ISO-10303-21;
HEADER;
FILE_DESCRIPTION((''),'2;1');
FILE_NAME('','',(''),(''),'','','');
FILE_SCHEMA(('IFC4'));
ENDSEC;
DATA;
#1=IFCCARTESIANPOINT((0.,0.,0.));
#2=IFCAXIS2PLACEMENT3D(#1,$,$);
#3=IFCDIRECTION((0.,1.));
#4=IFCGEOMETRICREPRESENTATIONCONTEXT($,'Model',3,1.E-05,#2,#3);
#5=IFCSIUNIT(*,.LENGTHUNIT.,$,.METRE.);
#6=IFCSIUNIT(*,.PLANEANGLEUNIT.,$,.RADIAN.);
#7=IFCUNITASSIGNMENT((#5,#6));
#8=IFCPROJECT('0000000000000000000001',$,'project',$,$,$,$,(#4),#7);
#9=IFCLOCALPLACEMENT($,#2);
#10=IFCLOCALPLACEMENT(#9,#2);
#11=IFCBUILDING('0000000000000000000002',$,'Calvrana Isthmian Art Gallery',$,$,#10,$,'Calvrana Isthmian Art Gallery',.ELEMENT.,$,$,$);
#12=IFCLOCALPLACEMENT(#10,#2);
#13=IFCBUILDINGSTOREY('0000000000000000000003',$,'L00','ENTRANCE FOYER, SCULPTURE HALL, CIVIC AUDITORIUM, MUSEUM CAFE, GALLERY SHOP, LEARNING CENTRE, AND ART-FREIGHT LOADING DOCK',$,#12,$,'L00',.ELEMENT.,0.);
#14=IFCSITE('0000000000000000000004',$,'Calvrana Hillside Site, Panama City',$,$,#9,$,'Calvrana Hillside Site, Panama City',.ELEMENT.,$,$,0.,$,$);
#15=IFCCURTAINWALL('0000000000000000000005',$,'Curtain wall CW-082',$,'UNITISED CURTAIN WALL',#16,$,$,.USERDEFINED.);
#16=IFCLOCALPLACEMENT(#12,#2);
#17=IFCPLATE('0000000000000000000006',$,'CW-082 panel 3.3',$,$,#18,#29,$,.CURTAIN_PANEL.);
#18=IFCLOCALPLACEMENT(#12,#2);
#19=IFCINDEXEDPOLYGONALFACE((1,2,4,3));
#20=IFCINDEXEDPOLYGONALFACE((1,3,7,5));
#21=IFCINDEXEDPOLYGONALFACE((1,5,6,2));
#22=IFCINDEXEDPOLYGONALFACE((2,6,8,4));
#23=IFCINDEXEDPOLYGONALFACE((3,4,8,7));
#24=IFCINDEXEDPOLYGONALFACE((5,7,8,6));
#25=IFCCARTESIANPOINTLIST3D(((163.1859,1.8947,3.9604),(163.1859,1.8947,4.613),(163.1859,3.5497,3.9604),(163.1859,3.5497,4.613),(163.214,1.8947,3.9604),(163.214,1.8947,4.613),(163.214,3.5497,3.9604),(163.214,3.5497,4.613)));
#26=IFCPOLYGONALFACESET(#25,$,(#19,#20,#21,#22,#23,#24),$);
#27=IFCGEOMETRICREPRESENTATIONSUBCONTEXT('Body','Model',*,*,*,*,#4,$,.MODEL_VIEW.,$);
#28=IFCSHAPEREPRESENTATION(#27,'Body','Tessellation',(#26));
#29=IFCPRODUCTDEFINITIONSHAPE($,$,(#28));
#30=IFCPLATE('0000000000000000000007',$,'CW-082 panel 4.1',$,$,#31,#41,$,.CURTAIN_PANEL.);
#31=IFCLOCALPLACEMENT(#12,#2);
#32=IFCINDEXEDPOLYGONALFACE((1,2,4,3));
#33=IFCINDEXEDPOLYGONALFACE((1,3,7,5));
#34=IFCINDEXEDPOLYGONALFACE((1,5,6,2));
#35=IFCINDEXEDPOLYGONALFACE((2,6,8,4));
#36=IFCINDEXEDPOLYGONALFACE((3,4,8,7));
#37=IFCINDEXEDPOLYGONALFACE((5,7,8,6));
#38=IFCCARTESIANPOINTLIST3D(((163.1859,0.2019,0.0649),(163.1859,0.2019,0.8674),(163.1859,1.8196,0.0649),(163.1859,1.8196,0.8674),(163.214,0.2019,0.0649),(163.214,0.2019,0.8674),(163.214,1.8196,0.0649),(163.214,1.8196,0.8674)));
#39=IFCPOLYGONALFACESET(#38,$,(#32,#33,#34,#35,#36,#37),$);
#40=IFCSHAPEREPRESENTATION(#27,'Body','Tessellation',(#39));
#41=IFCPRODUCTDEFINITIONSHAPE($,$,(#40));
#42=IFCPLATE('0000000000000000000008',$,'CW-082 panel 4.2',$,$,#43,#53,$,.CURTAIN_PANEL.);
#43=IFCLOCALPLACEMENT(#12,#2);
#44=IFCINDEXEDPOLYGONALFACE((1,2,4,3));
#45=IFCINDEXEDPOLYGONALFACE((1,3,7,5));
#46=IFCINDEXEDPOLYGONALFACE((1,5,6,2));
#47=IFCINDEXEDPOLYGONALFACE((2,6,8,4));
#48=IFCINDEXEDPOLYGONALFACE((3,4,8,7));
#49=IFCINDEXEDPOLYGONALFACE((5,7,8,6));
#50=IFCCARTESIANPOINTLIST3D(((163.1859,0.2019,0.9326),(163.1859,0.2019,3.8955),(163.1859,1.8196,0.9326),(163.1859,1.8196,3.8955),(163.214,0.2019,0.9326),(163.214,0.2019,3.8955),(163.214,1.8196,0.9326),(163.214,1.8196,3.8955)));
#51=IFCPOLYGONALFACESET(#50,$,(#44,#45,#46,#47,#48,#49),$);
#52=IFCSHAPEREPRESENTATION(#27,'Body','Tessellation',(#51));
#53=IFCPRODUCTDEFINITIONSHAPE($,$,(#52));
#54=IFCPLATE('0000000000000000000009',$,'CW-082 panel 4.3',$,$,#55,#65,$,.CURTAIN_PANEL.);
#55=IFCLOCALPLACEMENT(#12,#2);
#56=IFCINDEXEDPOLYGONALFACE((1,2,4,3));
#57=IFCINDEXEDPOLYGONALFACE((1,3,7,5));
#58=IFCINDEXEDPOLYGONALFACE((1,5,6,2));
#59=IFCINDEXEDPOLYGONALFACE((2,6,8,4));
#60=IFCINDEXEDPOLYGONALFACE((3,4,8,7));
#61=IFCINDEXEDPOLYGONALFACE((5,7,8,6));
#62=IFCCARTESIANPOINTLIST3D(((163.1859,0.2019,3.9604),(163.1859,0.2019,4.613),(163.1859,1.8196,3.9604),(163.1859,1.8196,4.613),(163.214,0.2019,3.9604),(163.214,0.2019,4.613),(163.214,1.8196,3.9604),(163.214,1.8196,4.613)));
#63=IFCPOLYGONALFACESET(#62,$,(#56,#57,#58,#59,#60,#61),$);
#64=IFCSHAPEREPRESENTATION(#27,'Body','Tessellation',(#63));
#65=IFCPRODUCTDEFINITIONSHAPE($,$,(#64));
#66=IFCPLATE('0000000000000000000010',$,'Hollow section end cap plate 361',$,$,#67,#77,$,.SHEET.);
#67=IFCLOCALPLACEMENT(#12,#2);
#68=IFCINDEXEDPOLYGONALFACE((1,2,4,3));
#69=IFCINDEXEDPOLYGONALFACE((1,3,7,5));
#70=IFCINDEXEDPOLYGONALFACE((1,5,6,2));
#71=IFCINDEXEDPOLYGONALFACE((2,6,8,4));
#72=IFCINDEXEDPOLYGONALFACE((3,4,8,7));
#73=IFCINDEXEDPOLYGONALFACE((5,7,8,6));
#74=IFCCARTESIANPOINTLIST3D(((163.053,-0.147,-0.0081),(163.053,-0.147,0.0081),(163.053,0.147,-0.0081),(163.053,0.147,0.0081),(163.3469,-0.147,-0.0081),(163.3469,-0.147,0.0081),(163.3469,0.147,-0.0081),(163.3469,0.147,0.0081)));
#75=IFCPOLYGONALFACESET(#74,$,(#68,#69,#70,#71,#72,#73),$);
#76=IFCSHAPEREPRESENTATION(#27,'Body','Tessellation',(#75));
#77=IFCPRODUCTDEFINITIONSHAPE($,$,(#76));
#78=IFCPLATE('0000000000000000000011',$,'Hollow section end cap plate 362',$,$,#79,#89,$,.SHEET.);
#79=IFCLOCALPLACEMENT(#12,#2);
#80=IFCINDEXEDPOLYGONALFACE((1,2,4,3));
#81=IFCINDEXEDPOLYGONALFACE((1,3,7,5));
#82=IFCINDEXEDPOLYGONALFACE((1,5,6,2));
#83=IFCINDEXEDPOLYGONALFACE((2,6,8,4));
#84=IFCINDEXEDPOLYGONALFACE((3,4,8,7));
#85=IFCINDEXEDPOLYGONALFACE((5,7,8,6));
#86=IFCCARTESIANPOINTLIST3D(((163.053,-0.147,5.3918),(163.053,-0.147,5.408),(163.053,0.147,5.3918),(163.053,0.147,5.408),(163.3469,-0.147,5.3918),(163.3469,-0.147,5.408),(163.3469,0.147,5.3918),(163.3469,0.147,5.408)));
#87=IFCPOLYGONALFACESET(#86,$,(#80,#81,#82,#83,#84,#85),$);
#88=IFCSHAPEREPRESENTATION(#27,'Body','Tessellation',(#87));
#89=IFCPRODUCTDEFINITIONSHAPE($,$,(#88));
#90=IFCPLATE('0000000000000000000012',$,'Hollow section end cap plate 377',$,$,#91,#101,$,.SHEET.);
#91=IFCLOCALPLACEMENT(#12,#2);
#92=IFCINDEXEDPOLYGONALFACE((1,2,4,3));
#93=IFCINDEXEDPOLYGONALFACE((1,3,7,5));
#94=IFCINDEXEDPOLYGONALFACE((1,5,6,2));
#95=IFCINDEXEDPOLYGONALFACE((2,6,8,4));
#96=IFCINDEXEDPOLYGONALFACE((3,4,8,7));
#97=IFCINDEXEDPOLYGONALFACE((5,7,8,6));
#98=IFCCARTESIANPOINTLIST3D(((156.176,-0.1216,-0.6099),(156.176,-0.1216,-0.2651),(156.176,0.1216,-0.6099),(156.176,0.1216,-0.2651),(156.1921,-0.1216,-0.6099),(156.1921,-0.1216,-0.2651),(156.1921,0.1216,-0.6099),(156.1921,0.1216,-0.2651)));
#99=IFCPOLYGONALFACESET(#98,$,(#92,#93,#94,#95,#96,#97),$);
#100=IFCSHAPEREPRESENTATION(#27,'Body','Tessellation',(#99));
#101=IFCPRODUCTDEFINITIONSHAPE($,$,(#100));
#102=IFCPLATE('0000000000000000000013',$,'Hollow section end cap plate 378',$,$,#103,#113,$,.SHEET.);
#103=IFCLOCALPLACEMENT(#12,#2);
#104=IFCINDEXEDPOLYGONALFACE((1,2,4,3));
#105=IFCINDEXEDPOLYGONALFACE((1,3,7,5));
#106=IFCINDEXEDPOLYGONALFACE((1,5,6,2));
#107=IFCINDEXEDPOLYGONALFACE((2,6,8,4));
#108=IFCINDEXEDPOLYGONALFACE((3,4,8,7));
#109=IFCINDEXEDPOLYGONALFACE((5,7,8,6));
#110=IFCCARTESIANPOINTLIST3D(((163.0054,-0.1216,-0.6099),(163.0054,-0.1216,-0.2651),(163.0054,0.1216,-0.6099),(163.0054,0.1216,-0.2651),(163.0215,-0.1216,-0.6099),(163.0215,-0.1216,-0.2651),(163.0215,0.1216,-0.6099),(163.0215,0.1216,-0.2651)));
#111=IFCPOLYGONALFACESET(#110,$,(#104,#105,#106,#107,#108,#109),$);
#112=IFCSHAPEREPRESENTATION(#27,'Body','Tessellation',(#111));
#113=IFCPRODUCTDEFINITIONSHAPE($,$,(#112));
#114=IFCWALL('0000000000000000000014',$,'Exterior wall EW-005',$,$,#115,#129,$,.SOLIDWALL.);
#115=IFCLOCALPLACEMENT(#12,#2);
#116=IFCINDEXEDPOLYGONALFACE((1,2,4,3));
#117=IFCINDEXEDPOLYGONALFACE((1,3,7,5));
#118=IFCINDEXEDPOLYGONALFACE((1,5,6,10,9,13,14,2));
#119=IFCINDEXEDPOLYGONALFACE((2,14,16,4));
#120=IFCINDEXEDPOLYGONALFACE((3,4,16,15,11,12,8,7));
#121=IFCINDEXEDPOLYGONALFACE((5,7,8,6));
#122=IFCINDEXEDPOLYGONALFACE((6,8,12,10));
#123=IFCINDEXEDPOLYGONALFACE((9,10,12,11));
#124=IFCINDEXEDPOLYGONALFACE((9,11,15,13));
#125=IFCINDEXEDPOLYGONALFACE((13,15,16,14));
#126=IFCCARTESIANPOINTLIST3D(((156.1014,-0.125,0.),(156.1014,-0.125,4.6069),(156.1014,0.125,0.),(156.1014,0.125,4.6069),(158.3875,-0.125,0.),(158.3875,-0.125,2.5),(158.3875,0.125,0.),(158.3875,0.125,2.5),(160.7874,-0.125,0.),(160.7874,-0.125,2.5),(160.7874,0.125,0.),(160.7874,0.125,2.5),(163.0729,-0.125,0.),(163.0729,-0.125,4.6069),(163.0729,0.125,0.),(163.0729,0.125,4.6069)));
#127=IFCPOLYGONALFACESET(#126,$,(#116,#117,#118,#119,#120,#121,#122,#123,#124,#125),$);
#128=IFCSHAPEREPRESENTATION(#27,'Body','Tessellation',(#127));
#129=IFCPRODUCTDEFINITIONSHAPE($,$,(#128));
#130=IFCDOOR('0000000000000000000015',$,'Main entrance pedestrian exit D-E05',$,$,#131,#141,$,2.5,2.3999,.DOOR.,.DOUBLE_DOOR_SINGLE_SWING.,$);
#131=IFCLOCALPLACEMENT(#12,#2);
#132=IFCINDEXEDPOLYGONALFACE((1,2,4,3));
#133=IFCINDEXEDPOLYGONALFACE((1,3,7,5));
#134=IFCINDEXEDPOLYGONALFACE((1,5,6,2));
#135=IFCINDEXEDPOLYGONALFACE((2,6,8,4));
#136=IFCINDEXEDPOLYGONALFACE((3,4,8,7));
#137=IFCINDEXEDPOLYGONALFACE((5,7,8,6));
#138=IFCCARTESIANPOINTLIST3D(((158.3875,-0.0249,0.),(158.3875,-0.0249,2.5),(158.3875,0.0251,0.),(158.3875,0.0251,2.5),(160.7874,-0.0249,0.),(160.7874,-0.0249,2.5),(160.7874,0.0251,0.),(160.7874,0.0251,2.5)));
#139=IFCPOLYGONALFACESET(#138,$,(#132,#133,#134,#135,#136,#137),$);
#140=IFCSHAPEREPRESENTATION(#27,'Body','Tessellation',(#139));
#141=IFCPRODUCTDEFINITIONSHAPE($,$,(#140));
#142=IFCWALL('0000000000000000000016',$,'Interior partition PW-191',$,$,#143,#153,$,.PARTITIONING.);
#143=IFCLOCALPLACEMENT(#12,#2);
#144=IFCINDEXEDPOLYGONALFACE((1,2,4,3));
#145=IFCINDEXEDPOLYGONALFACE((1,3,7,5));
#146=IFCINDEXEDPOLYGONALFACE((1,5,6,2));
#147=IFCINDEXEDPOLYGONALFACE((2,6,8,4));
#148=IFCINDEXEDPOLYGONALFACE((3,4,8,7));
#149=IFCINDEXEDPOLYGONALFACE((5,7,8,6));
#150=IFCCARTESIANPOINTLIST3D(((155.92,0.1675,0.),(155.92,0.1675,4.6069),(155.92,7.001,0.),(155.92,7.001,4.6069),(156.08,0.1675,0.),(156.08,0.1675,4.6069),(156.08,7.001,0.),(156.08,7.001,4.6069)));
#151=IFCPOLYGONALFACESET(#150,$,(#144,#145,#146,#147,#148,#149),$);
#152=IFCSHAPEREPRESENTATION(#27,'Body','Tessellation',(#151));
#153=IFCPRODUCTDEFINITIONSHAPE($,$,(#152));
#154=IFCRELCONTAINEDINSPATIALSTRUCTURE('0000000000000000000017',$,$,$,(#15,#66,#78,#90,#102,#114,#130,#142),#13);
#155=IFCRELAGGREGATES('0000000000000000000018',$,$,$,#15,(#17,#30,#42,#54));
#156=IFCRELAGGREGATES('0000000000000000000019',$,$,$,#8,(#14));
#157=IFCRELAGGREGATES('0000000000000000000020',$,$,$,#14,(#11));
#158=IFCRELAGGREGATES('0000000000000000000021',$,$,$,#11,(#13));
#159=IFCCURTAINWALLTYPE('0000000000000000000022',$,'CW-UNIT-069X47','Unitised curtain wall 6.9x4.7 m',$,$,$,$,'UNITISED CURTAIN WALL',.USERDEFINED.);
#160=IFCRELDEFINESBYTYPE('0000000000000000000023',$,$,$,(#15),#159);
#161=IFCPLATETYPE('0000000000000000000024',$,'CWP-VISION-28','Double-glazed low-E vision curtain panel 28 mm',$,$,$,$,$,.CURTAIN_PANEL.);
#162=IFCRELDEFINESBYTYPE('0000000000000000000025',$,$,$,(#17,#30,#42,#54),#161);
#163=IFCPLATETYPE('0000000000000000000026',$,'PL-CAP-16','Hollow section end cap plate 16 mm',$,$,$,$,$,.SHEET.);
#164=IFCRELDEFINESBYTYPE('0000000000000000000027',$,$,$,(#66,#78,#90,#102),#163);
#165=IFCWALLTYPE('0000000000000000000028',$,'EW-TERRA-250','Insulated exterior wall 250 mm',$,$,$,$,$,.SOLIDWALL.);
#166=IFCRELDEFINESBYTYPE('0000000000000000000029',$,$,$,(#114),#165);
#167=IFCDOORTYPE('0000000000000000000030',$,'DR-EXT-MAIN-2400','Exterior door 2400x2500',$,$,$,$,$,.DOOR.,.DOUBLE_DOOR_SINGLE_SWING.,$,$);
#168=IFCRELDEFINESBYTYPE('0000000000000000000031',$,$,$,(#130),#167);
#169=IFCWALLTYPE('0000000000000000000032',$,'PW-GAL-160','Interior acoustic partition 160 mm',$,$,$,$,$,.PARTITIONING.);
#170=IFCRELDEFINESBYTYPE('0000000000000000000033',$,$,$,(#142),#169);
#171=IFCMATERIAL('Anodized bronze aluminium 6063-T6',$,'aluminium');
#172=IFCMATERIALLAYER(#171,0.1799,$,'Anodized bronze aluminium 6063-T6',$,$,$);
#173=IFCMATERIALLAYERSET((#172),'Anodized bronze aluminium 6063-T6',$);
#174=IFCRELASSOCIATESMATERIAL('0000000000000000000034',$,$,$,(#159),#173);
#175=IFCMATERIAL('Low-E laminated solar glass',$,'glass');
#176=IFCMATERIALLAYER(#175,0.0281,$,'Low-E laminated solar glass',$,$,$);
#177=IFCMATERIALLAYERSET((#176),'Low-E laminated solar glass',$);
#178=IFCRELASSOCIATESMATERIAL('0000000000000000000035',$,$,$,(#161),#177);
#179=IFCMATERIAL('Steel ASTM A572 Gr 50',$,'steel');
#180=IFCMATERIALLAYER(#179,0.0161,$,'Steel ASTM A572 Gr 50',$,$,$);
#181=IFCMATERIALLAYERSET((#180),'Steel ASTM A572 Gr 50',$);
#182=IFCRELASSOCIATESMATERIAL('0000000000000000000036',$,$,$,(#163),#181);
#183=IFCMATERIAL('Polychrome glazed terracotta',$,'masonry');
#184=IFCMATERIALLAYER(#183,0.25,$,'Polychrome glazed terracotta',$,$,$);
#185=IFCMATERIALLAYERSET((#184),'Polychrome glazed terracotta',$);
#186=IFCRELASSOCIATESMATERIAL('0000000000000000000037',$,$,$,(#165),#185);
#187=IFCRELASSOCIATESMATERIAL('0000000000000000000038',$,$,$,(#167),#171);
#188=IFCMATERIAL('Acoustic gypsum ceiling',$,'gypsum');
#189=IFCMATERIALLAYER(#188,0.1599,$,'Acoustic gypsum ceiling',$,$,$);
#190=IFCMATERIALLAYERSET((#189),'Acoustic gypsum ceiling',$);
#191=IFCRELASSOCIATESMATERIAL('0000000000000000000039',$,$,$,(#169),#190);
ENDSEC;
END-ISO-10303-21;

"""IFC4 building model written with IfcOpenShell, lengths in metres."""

from ifc_helpers import new_model, si_unit, direction, frame, frame_2d, origin, origin_2d, place, context, subcontext, project, spatial, rectangle, extrude, material, layer, layer_set, type_object, element, fill, aggregate, save


model = new_model("IFC4")

# Units and contexts
model_context = context("Model", 3, precision=1e-05, world=origin(), true_north=direction((0.0, 1.0)))
body_context = subcontext(model_context, "Body", "Model", "MODEL_VIEW")
ifc_project = project(units=[si_unit("LENGTHUNIT", "METRE"), si_unit("PLANEANGLEUNIT", "RADIAN")], contexts=[model_context])

# Site, building, storey
site_placement = place(None, origin())
site = spatial("IfcSite", under=ifc_project, at=site_placement, Name="Calvrana Hillside Site, Panama City", LongName="Calvrana Hillside Site, Panama City", CompositionType="ELEMENT", RefElevation=0.0)
building_placement = place(site_placement, origin())
building = spatial("IfcBuilding", under=site, at=building_placement, Name="Calvrana Isthmian Art Gallery", LongName="Calvrana Isthmian Art Gallery", CompositionType="ELEMENT")
storey_placement = place(building_placement, origin())
storey = spatial("IfcBuildingStorey", under=building, at=storey_placement, Name="L00", Description="ENTRANCE FOYER, SCULPTURE HALL, CIVIC AUDITORIUM, MUSEUM CAFE, GALLERY SHOP, LEARNING CENTRE, AND ART-FREIGHT LOADING DOCK", LongName="L00", CompositionType="ELEMENT", Elevation=0.0)

# Curtain wall, plates
ifc_material_1 = material(Name="Anodized bronze aluminium 6063-T6", Category="aluminium")
ifc_layer_1 = layer(ifc_material_1, 0.1799, Name="Anodized bronze aluminium 6063-T6")
ifc_layer_set_1 = layer_set([ifc_layer_1], Name="Anodized bronze aluminium 6063-T6")
curtain_wall_type = type_object("IfcCurtainWallType", Name="CW-UNIT-069X47", Description="Unitised curtain wall 6.9x4.7 m", ElementType="UNITISED CURTAIN WALL", PredefinedType="USERDEFINED", material=ifc_layer_set_1)
curtain_wall_placement = place(storey_placement, origin())
curtain_wall = element("IfcCurtainWall", 1, at=curtain_wall_placement, inside=storey, type_object=curtain_wall_type, Name="Curtain wall CW-082", ObjectType="UNITISED CURTAIN WALL", PredefinedType="USERDEFINED")
ifc_material_2 = material(Name="Low-E laminated solar glass", Category="glass")
ifc_layer_2 = layer(ifc_material_2, 0.0281, Name="Low-E laminated solar glass")
ifc_layer_set_2 = layer_set([ifc_layer_2], Name="Low-E laminated solar glass")
plate_type_1 = type_object("IfcPlateType", Name="CWP-VISION-28", Description="Double-glazed low-E vision curtain panel 28 mm", PredefinedType="CURTAIN_PANEL", material=ifc_layer_set_2)
plate_1_placement = place(storey_placement, frame((163.2, 2.7222, 3.9604), z_axis=(0.0, 0.0, 1.0), x_axis=(0.0, -1.0, 0.0)))
plate_1 = element("IfcPlate", 2, at=plate_1_placement, type_object=plate_type_1, Name="CW-082 panel 3.3", PredefinedType="CURTAIN_PANEL", context=body_context, shape_type="SweptSolid", body=[
    extrude(rectangle(XDim=1.655, YDim=0.0281, at=origin_2d()), origin(), (0.0, 0.0, 1.0), 0.6526),
])
plate_2_placement = place(storey_placement, frame((163.2, 1.0107, 0.0649), z_axis=(0.0, 0.0, 1.0), x_axis=(0.0, -1.0, 0.0)))
plate_2 = element("IfcPlate", 3, at=plate_2_placement, type_object=plate_type_1, Name="CW-082 panel 4.1", PredefinedType="CURTAIN_PANEL", context=body_context, shape_type="SweptSolid", body=[
    extrude(rectangle(XDim=1.6177, YDim=0.0281, at=origin_2d()), origin(), (0.0, 0.0, 1.0), 0.8025),
])
plate_3_placement = place(storey_placement, frame((163.2, 1.0107, 0.9326), z_axis=(0.0, 0.0, 1.0), x_axis=(0.0, -1.0, 0.0)))
plate_3 = element("IfcPlate", 4, at=plate_3_placement, type_object=plate_type_1, Name="CW-082 panel 4.2", PredefinedType="CURTAIN_PANEL", context=body_context, shape_type="SweptSolid", body=[
    extrude(rectangle(XDim=1.6177, YDim=0.0281, at=origin_2d()), origin(), (0.0, 0.0, 1.0), 2.9629),
])
plate_4_placement = place(storey_placement, frame((163.2, 1.0107, 3.9604), z_axis=(0.0, 0.0, 1.0), x_axis=(0.0, -1.0, 0.0)))
plate_4 = element("IfcPlate", 5, at=plate_4_placement, type_object=plate_type_1, Name="CW-082 panel 4.3", PredefinedType="CURTAIN_PANEL", context=body_context, shape_type="SweptSolid", body=[
    extrude(rectangle(XDim=1.6177, YDim=0.0281, at=origin_2d()), origin(), (0.0, 0.0, 1.0), 0.6526),
])
aggregate(curtain_wall, [plate_1, plate_2, plate_3, plate_4])

# Plates
ifc_material_3 = material(Name="Steel ASTM A572 Gr 50", Category="steel")
ifc_layer_3 = layer(ifc_material_3, 0.0161, Name="Steel ASTM A572 Gr 50")
ifc_layer_set_3 = layer_set([ifc_layer_3], Name="Steel ASTM A572 Gr 50")
plate_type_2 = type_object("IfcPlateType", Name="PL-CAP-16", Description="Hollow section end cap plate 16 mm", PredefinedType="SHEET", material=ifc_layer_set_3)
for number, where, z_axis, x_axis, name in (
    (6, (163.2, 0.0, -0.0081), (0.0, 0.0, 1.0), (1.0, 0.0, 0.0), "Hollow section end cap plate 361"),
    (7, (163.2, 0.0, 5.3918), (0.0, 0.0, 1.0), (1.0, 0.0, 0.0), "Hollow section end cap plate 362"),
):
    element("IfcPlate", number, at=place(storey_placement, frame(where, z_axis=z_axis, x_axis=x_axis)), inside=storey, type_object=plate_type_2, Name=name, PredefinedType="SHEET", context=body_context, shape_type="SweptSolid", body=[
        extrude(rectangle(XDim=0.2939, YDim=0.2939, at=origin_2d()), origin(), (0.0, 0.0, 1.0), 0.0161),
    ])
for number, where, z_axis, x_axis, name in (
    (8, (156.1841, 0.0, -0.6099), (0.0, 0.0, 1.0), (1.0, 0.0, 0.0), "Hollow section end cap plate 377"),
    (9, (163.0134, 0.0, -0.6099), (0.0, 0.0, 1.0), (1.0, 0.0, 0.0), "Hollow section end cap plate 378"),
):
    element("IfcPlate", number, at=place(storey_placement, frame(where, z_axis=z_axis, x_axis=x_axis)), inside=storey, type_object=plate_type_2, Name=name, PredefinedType="SHEET", context=body_context, shape_type="SweptSolid", body=[
        extrude(rectangle(XDim=0.0161, YDim=0.2432, at=origin_2d()), origin(), (0.0, 0.0, 1.0), 0.3447),
    ])

# Wall, opening, door
ifc_material_4 = material(Name="Polychrome glazed terracotta", Category="masonry")
ifc_layer_4 = layer(ifc_material_4, 0.25, Name="Polychrome glazed terracotta")
ifc_layer_set_4 = layer_set([ifc_layer_4], Name="Polychrome glazed terracotta")
wall_type_1 = type_object("IfcWallType", Name="EW-TERRA-250", Description="Insulated exterior wall 250 mm", PredefinedType="SOLIDWALL", material=ifc_layer_set_4)
wall_1_placement = place(storey_placement, frame((163.073, 0.0, 0.0), z_axis=(0.0, 0.0, 1.0), x_axis=(-1.0, 0.0, 0.0)))
wall_1 = element("IfcWall", 10, at=wall_1_placement, inside=storey, type_object=wall_type_1, Name="Exterior wall EW-005", PredefinedType="SOLIDWALL", context=body_context, shape_type="SweptSolid", body=[
    extrude(rectangle(XDim=6.9714, YDim=0.25, at=frame_2d((3.4858, 0.0))), origin(), (0.0, 0.0, 1.0), 4.6069),
])
opening_placement = place(wall_1_placement, frame((2.2856, 0.0, 0.0)))
opening = element("IfcOpeningElement", 11, at=opening_placement, cuts=wall_1, PredefinedType="OPENING", context=body_context, shape_type="SweptSolid", body=[
    extrude(rectangle(XDim=2.3999, YDim=2.5, at=frame_2d((1.2, 1.25))), frame((0.0, 0.1353, 0.0), z_axis=(0.0, -1.0, 0.0), x_axis=(1.0, 0.0, 0.0)), (0.0, 0.0, 1.0), 0.2705),
])
door_type = type_object("IfcDoorType", Name="DR-EXT-MAIN-2400", Description="Exterior door 2400x2500", OperationType="DOUBLE_DOOR_SINGLE_SWING", PredefinedType="DOOR", material=ifc_material_1)
door_placement = place(opening_placement, origin())
door = element("IfcDoor", 12, at=door_placement, inside=storey, type_object=door_type, Name="Main entrance pedestrian exit D-E05", OperationType="DOUBLE_DOOR_SINGLE_SWING", OverallHeight=2.5, OverallWidth=2.3999, PredefinedType="DOOR", context=body_context, shape_type="SweptSolid", body=[
    extrude(rectangle(XDim=2.3999, YDim=2.5, at=frame_2d((1.2, 1.25))), frame((0.0, 0.0249, 0.0), z_axis=(0.0, -1.0, 0.0), x_axis=(1.0, 0.0, 0.0)), (0.0, 0.0, 1.0), 0.05),
])
fill(opening, door)

# Wall
ifc_material_5 = material(Name="Acoustic gypsum ceiling", Category="gypsum")
ifc_layer_5 = layer(ifc_material_5, 0.1599, Name="Acoustic gypsum ceiling")
ifc_layer_set_5 = layer_set([ifc_layer_5], Name="Acoustic gypsum ceiling")
wall_type_2 = type_object("IfcWallType", Name="PW-GAL-160", Description="Interior acoustic partition 160 mm", PredefinedType="PARTITIONING", material=ifc_layer_set_5)
wall_2_placement = place(storey_placement, frame((156.0, 0.1675, 0.0), z_axis=(0.0, 0.0, 1.0), x_axis=(0.0, 1.0, 0.0)))
element("IfcWall", 13, at=wall_2_placement, inside=storey, type_object=wall_type_2, Name="Interior partition PW-191", PredefinedType="PARTITIONING", context=body_context, shape_type="SweptSolid", body=[
    extrude(rectangle(XDim=6.8335, YDim=0.1599, at=frame_2d((3.4167, 0.0))), origin(), (0.0, 0.0, 1.0), 4.6069),
])

save(model, "model.ifc")
